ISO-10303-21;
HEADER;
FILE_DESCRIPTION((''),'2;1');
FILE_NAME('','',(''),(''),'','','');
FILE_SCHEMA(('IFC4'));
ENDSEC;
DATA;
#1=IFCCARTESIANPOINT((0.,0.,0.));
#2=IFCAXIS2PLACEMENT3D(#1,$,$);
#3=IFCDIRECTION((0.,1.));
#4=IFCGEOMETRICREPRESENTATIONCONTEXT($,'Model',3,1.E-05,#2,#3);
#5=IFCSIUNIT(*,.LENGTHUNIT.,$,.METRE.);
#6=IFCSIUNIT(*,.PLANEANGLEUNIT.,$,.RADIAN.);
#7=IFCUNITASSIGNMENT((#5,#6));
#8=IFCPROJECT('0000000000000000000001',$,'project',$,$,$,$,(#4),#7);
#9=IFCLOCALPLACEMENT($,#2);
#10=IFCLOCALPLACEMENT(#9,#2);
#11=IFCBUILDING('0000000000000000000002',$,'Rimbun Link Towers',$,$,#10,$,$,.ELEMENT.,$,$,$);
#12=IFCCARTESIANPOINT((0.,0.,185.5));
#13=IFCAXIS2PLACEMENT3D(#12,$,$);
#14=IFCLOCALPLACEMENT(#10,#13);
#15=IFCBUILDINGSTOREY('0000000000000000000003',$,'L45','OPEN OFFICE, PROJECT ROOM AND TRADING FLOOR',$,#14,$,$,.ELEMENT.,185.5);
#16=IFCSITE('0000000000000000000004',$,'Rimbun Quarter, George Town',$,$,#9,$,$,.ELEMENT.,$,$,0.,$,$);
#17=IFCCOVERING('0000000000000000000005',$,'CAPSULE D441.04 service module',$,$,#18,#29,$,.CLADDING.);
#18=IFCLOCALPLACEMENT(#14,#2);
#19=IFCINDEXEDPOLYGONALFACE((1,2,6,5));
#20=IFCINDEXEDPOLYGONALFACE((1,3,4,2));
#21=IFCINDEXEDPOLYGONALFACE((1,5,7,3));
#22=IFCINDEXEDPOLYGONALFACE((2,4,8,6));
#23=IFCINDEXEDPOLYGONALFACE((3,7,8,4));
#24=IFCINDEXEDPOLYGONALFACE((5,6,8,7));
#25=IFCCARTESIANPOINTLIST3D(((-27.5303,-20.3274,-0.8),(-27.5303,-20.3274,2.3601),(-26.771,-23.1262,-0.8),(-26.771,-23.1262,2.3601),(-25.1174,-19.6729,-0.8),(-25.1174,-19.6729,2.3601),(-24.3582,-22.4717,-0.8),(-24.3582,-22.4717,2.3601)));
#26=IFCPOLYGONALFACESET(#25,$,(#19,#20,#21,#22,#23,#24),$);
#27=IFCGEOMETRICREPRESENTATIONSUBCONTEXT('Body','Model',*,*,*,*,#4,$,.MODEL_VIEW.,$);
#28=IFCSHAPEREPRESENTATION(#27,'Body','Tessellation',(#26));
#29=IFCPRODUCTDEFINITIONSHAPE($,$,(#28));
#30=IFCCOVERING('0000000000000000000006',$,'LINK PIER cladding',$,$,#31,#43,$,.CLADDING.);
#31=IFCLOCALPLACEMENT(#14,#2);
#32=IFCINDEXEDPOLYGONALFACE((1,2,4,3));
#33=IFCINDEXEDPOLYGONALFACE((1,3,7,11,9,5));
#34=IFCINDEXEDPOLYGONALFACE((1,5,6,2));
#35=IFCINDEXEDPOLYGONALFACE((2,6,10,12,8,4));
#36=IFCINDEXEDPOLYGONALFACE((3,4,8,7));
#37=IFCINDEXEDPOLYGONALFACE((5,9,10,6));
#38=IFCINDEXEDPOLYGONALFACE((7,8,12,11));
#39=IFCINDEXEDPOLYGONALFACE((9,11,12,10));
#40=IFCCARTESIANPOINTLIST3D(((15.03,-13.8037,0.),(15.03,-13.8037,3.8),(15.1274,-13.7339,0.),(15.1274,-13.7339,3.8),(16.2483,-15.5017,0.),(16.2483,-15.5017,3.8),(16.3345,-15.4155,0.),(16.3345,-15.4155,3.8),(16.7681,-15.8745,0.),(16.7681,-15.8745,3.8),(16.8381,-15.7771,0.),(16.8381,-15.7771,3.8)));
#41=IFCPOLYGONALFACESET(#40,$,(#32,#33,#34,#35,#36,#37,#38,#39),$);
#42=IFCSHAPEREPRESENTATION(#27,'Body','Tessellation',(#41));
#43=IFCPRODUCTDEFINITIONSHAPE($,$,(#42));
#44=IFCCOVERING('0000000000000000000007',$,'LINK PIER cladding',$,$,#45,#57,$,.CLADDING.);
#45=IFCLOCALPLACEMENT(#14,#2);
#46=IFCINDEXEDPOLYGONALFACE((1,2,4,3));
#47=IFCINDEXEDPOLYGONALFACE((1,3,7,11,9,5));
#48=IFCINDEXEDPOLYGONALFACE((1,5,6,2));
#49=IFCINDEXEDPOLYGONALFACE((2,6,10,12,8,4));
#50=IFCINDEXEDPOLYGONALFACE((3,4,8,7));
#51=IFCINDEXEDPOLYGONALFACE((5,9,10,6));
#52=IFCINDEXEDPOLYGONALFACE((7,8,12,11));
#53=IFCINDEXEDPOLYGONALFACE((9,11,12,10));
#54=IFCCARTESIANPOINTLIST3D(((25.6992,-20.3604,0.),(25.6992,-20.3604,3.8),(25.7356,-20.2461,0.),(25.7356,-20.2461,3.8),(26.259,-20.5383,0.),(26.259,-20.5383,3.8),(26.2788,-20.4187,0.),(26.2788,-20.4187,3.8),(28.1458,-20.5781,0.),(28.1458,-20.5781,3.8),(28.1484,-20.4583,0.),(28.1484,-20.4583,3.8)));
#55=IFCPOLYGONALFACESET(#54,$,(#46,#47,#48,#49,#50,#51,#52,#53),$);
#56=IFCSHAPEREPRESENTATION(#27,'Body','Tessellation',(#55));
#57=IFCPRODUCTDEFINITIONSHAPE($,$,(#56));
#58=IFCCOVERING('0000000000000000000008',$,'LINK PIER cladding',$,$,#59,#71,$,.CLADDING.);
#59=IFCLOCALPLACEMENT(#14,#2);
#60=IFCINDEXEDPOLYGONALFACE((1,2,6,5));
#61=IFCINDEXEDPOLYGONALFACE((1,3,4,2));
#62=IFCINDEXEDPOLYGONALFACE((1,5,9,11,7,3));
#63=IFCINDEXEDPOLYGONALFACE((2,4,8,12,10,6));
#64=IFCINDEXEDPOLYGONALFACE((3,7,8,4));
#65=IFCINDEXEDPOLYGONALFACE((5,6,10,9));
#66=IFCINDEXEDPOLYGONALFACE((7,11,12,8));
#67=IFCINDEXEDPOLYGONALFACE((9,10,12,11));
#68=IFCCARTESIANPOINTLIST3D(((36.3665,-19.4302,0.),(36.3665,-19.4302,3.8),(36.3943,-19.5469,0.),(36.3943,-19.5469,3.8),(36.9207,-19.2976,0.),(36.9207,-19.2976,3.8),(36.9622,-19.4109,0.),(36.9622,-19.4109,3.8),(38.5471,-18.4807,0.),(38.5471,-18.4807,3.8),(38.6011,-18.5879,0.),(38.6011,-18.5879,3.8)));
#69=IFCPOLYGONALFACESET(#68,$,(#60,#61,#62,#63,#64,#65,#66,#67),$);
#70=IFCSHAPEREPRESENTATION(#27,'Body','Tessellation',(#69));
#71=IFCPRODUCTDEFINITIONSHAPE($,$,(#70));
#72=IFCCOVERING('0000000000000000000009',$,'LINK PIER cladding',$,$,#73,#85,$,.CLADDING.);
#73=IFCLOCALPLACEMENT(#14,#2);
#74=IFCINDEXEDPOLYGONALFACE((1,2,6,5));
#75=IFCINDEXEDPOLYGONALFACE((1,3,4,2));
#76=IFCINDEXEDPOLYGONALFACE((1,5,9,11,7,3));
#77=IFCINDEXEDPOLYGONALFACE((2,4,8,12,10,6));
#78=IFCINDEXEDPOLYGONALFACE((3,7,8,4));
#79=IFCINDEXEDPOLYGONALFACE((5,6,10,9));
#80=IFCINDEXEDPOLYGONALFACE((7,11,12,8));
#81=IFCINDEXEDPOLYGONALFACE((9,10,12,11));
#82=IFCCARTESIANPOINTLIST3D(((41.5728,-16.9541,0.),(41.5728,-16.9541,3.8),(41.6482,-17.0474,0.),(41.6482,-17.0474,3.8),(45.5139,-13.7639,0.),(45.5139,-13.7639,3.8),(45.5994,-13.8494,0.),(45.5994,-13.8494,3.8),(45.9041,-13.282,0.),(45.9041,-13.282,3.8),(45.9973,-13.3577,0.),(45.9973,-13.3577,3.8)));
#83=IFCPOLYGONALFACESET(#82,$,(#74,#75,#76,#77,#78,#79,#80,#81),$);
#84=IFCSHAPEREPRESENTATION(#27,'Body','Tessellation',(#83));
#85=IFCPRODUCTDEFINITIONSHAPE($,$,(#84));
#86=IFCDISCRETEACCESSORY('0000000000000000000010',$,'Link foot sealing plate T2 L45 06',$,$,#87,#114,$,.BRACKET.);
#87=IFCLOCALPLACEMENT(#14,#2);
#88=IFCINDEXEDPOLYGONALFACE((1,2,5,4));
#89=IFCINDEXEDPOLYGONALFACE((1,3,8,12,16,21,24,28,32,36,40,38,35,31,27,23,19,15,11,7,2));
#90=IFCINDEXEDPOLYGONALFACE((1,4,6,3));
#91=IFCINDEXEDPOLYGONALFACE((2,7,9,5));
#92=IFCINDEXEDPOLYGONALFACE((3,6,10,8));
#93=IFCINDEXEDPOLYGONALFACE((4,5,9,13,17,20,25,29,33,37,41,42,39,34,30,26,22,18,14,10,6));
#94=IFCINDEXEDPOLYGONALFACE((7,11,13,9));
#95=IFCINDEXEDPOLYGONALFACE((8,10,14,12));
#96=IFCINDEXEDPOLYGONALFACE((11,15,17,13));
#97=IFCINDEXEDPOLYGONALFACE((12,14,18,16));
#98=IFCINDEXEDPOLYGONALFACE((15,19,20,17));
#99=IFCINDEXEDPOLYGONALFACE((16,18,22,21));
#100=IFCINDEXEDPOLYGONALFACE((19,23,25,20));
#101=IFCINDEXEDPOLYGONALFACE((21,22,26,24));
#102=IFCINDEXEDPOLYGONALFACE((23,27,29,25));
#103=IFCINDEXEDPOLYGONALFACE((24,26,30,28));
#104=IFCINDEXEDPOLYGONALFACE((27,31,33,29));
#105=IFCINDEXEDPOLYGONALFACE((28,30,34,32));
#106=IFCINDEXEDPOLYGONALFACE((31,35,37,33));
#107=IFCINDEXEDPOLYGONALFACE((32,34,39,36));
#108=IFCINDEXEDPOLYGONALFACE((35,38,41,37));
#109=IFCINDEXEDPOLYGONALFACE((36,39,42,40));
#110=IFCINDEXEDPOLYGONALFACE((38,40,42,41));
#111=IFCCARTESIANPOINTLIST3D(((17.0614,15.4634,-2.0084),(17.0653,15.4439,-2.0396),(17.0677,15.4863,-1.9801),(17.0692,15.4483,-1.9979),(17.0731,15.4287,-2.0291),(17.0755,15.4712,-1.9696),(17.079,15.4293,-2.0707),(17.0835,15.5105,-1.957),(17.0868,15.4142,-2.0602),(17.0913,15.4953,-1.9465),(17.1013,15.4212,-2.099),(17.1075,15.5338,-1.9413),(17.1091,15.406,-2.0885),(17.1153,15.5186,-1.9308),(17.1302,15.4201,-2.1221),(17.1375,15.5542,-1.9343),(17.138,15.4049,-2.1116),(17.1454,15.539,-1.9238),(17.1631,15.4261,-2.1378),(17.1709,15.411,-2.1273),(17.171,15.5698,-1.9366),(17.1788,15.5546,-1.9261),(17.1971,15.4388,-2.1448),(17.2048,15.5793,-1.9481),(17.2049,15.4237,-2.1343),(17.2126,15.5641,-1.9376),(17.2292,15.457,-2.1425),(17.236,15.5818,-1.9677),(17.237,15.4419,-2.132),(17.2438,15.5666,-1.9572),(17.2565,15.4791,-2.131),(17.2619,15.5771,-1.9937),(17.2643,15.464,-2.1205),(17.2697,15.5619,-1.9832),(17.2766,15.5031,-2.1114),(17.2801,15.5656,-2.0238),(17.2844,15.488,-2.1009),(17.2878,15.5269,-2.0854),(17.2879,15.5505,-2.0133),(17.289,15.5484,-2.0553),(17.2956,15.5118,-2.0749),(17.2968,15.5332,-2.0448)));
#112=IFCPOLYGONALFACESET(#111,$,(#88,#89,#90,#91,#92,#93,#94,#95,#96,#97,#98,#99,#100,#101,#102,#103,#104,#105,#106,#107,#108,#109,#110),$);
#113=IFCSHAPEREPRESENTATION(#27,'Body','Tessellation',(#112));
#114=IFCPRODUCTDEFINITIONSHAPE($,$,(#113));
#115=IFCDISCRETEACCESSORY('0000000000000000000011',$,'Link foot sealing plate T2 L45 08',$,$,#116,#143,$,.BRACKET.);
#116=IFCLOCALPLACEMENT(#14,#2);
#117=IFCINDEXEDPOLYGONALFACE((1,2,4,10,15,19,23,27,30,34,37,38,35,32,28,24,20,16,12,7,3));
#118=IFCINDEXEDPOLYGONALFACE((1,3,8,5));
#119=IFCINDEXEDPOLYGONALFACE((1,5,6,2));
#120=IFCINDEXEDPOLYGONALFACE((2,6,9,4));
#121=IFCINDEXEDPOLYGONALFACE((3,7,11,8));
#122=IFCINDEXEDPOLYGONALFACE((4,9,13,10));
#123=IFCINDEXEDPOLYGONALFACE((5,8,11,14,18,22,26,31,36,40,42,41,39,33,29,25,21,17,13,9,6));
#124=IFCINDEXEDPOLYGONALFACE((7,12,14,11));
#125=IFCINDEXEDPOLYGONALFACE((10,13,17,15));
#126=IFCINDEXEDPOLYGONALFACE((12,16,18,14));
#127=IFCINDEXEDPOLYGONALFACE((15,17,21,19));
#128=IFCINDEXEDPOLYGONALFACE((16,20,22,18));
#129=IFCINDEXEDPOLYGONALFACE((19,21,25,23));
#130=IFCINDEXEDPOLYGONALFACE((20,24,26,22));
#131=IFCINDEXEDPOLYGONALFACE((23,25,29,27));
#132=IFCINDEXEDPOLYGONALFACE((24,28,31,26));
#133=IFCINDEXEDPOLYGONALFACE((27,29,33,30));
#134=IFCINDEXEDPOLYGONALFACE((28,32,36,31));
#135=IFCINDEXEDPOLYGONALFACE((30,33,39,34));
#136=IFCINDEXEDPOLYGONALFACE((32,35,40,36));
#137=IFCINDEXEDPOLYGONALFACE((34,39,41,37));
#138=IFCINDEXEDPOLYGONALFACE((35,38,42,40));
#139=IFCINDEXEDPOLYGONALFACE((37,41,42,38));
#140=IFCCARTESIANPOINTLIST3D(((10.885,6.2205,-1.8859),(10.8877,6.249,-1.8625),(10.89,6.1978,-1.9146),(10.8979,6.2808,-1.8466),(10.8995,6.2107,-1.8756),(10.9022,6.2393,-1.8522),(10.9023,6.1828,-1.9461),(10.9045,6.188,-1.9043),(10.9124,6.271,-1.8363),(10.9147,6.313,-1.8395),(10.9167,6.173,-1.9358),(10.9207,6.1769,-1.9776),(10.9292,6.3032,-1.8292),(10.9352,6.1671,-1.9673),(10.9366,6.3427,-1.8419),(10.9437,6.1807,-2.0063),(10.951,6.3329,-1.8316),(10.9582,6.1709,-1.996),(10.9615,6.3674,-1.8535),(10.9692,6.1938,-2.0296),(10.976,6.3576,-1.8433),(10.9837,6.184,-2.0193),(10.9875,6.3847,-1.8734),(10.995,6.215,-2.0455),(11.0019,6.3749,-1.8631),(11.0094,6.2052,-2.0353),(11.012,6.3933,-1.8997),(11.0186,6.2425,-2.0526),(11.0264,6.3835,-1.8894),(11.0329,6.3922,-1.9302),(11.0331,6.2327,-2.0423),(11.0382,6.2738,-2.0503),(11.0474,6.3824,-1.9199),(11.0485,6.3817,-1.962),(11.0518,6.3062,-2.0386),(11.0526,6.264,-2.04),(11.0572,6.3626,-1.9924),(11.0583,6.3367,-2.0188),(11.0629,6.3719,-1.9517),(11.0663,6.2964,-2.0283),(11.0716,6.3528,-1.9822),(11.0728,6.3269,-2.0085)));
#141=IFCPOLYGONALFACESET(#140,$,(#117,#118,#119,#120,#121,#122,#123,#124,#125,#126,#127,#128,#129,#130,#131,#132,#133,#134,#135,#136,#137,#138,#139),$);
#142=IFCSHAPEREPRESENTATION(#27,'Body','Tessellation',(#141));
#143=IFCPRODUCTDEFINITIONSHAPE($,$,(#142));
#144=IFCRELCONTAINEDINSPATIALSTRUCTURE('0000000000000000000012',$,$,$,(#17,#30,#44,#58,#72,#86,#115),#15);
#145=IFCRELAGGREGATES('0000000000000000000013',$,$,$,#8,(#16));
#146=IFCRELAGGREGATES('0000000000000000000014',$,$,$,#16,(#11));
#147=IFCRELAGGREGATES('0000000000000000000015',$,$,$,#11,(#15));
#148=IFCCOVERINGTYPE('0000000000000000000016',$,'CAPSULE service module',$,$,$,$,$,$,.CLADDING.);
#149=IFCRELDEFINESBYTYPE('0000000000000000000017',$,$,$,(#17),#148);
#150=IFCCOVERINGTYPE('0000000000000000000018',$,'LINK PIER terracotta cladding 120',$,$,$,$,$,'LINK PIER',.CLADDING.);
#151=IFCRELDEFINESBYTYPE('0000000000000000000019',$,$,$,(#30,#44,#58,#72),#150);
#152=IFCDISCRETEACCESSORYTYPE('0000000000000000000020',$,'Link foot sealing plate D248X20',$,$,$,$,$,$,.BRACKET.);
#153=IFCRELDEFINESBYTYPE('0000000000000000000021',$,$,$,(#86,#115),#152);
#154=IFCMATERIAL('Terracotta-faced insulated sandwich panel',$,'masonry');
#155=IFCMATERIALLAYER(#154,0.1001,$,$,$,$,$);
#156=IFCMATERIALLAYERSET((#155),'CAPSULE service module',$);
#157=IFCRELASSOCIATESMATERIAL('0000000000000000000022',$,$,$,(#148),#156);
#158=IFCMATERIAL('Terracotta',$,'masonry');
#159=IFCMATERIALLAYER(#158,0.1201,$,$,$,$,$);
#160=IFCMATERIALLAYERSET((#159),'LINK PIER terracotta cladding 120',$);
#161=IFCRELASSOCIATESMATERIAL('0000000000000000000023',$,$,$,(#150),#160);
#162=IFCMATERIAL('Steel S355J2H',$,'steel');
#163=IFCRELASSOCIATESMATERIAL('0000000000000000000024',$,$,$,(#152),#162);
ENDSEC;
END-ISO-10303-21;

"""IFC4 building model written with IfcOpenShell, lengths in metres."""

from ifc_helpers import new_model, si_unit, direction, frame, origin, origin_2d, place, context, subcontext, project, spatial, polyline, circle, outline, extrude, material, layer, layer_set, material_profile, profile_set, type_object, element, save


model = new_model("IFC4")

# Units and contexts
model_context = context("Model", 3, precision=1e-05, world=origin(), true_north=direction((0.0, 1.0)))
body_context = subcontext(model_context, "Body", "Model", "MODEL_VIEW")
ifc_project = project(units=[si_unit("LENGTHUNIT", "METRE"), si_unit("PLANEANGLEUNIT", "RADIAN")], contexts=[model_context])

# Site, building, storey
site_placement = place(None, origin())
site = spatial("IfcSite", under=ifc_project, at=site_placement, Name="Rimbun Quarter, George Town", CompositionType="ELEMENT", RefElevation=0.0)
building_placement = place(site_placement, origin())
building = spatial("IfcBuilding", under=site, at=building_placement, Name="Rimbun Link Towers", CompositionType="ELEMENT")
storey_placement = place(building_placement, frame((0.0, 0.0, 185.5)))
storey = spatial("IfcBuildingStorey", under=building, at=storey_placement, Name="L45", Description="OPEN OFFICE, PROJECT ROOM AND TRADING FLOOR", CompositionType="ELEMENT", Elevation=185.5)

# Coverings
ifc_material_1 = material(Name="Terracotta-faced insulated sandwich panel", Category="masonry")
ifc_layer_1 = layer(ifc_material_1, 0.1001)
ifc_layer_set_1 = layer_set([ifc_layer_1], Name="CAPSULE service module")
covering_type_1 = type_object("IfcCoveringType", Name="CAPSULE service module", PredefinedType="CLADDING", material=ifc_layer_set_1)
covering_1_placement = place(storey_placement, frame((0.0, 0.0, -0.8)))
element("IfcCovering", 1, at=covering_1_placement, inside=storey, type_object=covering_type_1, Name="CAPSULE D441.04 service module", PredefinedType="CLADDING", context=body_context, shape_type="SweptSolid", body=[
    extrude(outline(polyline([(-26.771, -23.1262), (-24.3582, -22.4717), (-25.1174, -19.6729), (-27.5303, -20.3274), (-26.771, -23.1262)])), origin(), (0.0, 0.0, 1.0), 3.1602),
])
ifc_material_2 = material(Name="Terracotta", Category="masonry")
ifc_layer_2 = layer(ifc_material_2, 0.1201)
ifc_layer_set_2 = layer_set([ifc_layer_2], Name="LINK PIER terracotta cladding 120")
covering_type_2 = type_object("IfcCoveringType", Name="LINK PIER terracotta cladding 120", ElementType="LINK PIER", PredefinedType="CLADDING", material=ifc_layer_set_2)
covering_2_placement = place(storey_placement, origin())
element("IfcCovering", 2, at=covering_2_placement, inside=storey, type_object=covering_type_2, Name="LINK PIER cladding", PredefinedType="CLADDING", context=body_context, shape_type="SweptSolid", body=[
    extrude(outline(polyline([(16.8381, -15.7771), (16.3345, -15.4155), (15.1274, -13.7339), (15.03, -13.8037), (16.2483, -15.5017), (16.7681, -15.8745), (16.8381, -15.7771)])), origin(), (0.0, 0.0, 1.0), 3.8),
])
covering_3_placement = place(storey_placement, origin())
element("IfcCovering", 3, at=covering_3_placement, inside=storey, type_object=covering_type_2, Name="LINK PIER cladding", PredefinedType="CLADDING", context=body_context, shape_type="SweptSolid", body=[
    extrude(outline(polyline([(28.1484, -20.4583), (26.2788, -20.4187), (25.7356, -20.2461), (25.6992, -20.3604), (26.259, -20.5383), (28.1458, -20.5781), (28.1484, -20.4583)])), origin(), (0.0, 0.0, 1.0), 3.8),
])
covering_4_placement = place(storey_placement, origin())
element("IfcCovering", 4, at=covering_4_placement, inside=storey, type_object=covering_type_2, Name="LINK PIER cladding", PredefinedType="CLADDING", context=body_context, shape_type="SweptSolid", body=[
    extrude(outline(polyline([(38.5471, -18.4807), (36.9207, -19.2976), (36.3665, -19.4302), (36.3943, -19.5469), (36.9622, -19.4109), (38.6011, -18.5879), (38.5471, -18.4807)])), origin(), (0.0, 0.0, 1.0), 3.8),
])
covering_5_placement = place(storey_placement, origin())
element("IfcCovering", 5, at=covering_5_placement, inside=storey, type_object=covering_type_2, Name="LINK PIER cladding", PredefinedType="CLADDING", context=body_context, shape_type="SweptSolid", body=[
    extrude(outline(polyline([(45.9041, -13.282), (45.5139, -13.7639), (41.5728, -16.9541), (41.6482, -17.0474), (45.5994, -13.8494), (45.9973, -13.3577), (45.9041, -13.282)])), origin(), (0.0, 0.0, 1.0), 3.8),
])

# Discrete accessories
ifc_material_3 = material(Name="Steel S355J2H", Category="steel")
ifc_material_profile_1 = material_profile(ifc_material_3, circle(Radius=0.124, at=origin_2d()), Name="PL D248")
ifc_profile_set_1 = profile_set([ifc_material_profile_1], Name="Steel S355J2H")
discrete_accessory_type = type_object("IfcDiscreteAccessoryType", Name="Link foot sealing plate D248X20", PredefinedType="BRACKET", material=ifc_profile_set_1)
discrete_accessory_1_placement = place(storey_placement, frame((17.1833, 15.4856, -2.0291), z_axis=(-0.390447, 0.756491, -0.524663), x_axis=(-0.888621, -0.458643, 0.0)))
element("IfcDiscreteAccessory", 6, at=discrete_accessory_1_placement, inside=storey, type_object=discrete_accessory_type, Name="Link foot sealing plate T2 L45 06", PredefinedType="BRACKET", context=body_context, shape_type="SweptSolid", body=[
    extrude(circle(Radius=0.124, at=origin_2d()), origin(), (0.0, 0.0, 1.0), 0.02),
])
discrete_accessory_2_placement = place(storey_placement, frame((10.9863, 6.2756, -1.9358), z_axis=(-0.713124, 0.483474, -0.507648), x_axis=(-0.561158, -0.827708, 0.0)))
element("IfcDiscreteAccessory", 7, at=discrete_accessory_2_placement, inside=storey, type_object=discrete_accessory_type, Name="Link foot sealing plate T2 L45 08", PredefinedType="BRACKET", context=body_context, shape_type="SweptSolid", body=[
    extrude(circle(Radius=0.124, at=origin_2d()), origin(), (0.0, 0.0, 1.0), 0.0203),
])

save(model, "model.ifc")
